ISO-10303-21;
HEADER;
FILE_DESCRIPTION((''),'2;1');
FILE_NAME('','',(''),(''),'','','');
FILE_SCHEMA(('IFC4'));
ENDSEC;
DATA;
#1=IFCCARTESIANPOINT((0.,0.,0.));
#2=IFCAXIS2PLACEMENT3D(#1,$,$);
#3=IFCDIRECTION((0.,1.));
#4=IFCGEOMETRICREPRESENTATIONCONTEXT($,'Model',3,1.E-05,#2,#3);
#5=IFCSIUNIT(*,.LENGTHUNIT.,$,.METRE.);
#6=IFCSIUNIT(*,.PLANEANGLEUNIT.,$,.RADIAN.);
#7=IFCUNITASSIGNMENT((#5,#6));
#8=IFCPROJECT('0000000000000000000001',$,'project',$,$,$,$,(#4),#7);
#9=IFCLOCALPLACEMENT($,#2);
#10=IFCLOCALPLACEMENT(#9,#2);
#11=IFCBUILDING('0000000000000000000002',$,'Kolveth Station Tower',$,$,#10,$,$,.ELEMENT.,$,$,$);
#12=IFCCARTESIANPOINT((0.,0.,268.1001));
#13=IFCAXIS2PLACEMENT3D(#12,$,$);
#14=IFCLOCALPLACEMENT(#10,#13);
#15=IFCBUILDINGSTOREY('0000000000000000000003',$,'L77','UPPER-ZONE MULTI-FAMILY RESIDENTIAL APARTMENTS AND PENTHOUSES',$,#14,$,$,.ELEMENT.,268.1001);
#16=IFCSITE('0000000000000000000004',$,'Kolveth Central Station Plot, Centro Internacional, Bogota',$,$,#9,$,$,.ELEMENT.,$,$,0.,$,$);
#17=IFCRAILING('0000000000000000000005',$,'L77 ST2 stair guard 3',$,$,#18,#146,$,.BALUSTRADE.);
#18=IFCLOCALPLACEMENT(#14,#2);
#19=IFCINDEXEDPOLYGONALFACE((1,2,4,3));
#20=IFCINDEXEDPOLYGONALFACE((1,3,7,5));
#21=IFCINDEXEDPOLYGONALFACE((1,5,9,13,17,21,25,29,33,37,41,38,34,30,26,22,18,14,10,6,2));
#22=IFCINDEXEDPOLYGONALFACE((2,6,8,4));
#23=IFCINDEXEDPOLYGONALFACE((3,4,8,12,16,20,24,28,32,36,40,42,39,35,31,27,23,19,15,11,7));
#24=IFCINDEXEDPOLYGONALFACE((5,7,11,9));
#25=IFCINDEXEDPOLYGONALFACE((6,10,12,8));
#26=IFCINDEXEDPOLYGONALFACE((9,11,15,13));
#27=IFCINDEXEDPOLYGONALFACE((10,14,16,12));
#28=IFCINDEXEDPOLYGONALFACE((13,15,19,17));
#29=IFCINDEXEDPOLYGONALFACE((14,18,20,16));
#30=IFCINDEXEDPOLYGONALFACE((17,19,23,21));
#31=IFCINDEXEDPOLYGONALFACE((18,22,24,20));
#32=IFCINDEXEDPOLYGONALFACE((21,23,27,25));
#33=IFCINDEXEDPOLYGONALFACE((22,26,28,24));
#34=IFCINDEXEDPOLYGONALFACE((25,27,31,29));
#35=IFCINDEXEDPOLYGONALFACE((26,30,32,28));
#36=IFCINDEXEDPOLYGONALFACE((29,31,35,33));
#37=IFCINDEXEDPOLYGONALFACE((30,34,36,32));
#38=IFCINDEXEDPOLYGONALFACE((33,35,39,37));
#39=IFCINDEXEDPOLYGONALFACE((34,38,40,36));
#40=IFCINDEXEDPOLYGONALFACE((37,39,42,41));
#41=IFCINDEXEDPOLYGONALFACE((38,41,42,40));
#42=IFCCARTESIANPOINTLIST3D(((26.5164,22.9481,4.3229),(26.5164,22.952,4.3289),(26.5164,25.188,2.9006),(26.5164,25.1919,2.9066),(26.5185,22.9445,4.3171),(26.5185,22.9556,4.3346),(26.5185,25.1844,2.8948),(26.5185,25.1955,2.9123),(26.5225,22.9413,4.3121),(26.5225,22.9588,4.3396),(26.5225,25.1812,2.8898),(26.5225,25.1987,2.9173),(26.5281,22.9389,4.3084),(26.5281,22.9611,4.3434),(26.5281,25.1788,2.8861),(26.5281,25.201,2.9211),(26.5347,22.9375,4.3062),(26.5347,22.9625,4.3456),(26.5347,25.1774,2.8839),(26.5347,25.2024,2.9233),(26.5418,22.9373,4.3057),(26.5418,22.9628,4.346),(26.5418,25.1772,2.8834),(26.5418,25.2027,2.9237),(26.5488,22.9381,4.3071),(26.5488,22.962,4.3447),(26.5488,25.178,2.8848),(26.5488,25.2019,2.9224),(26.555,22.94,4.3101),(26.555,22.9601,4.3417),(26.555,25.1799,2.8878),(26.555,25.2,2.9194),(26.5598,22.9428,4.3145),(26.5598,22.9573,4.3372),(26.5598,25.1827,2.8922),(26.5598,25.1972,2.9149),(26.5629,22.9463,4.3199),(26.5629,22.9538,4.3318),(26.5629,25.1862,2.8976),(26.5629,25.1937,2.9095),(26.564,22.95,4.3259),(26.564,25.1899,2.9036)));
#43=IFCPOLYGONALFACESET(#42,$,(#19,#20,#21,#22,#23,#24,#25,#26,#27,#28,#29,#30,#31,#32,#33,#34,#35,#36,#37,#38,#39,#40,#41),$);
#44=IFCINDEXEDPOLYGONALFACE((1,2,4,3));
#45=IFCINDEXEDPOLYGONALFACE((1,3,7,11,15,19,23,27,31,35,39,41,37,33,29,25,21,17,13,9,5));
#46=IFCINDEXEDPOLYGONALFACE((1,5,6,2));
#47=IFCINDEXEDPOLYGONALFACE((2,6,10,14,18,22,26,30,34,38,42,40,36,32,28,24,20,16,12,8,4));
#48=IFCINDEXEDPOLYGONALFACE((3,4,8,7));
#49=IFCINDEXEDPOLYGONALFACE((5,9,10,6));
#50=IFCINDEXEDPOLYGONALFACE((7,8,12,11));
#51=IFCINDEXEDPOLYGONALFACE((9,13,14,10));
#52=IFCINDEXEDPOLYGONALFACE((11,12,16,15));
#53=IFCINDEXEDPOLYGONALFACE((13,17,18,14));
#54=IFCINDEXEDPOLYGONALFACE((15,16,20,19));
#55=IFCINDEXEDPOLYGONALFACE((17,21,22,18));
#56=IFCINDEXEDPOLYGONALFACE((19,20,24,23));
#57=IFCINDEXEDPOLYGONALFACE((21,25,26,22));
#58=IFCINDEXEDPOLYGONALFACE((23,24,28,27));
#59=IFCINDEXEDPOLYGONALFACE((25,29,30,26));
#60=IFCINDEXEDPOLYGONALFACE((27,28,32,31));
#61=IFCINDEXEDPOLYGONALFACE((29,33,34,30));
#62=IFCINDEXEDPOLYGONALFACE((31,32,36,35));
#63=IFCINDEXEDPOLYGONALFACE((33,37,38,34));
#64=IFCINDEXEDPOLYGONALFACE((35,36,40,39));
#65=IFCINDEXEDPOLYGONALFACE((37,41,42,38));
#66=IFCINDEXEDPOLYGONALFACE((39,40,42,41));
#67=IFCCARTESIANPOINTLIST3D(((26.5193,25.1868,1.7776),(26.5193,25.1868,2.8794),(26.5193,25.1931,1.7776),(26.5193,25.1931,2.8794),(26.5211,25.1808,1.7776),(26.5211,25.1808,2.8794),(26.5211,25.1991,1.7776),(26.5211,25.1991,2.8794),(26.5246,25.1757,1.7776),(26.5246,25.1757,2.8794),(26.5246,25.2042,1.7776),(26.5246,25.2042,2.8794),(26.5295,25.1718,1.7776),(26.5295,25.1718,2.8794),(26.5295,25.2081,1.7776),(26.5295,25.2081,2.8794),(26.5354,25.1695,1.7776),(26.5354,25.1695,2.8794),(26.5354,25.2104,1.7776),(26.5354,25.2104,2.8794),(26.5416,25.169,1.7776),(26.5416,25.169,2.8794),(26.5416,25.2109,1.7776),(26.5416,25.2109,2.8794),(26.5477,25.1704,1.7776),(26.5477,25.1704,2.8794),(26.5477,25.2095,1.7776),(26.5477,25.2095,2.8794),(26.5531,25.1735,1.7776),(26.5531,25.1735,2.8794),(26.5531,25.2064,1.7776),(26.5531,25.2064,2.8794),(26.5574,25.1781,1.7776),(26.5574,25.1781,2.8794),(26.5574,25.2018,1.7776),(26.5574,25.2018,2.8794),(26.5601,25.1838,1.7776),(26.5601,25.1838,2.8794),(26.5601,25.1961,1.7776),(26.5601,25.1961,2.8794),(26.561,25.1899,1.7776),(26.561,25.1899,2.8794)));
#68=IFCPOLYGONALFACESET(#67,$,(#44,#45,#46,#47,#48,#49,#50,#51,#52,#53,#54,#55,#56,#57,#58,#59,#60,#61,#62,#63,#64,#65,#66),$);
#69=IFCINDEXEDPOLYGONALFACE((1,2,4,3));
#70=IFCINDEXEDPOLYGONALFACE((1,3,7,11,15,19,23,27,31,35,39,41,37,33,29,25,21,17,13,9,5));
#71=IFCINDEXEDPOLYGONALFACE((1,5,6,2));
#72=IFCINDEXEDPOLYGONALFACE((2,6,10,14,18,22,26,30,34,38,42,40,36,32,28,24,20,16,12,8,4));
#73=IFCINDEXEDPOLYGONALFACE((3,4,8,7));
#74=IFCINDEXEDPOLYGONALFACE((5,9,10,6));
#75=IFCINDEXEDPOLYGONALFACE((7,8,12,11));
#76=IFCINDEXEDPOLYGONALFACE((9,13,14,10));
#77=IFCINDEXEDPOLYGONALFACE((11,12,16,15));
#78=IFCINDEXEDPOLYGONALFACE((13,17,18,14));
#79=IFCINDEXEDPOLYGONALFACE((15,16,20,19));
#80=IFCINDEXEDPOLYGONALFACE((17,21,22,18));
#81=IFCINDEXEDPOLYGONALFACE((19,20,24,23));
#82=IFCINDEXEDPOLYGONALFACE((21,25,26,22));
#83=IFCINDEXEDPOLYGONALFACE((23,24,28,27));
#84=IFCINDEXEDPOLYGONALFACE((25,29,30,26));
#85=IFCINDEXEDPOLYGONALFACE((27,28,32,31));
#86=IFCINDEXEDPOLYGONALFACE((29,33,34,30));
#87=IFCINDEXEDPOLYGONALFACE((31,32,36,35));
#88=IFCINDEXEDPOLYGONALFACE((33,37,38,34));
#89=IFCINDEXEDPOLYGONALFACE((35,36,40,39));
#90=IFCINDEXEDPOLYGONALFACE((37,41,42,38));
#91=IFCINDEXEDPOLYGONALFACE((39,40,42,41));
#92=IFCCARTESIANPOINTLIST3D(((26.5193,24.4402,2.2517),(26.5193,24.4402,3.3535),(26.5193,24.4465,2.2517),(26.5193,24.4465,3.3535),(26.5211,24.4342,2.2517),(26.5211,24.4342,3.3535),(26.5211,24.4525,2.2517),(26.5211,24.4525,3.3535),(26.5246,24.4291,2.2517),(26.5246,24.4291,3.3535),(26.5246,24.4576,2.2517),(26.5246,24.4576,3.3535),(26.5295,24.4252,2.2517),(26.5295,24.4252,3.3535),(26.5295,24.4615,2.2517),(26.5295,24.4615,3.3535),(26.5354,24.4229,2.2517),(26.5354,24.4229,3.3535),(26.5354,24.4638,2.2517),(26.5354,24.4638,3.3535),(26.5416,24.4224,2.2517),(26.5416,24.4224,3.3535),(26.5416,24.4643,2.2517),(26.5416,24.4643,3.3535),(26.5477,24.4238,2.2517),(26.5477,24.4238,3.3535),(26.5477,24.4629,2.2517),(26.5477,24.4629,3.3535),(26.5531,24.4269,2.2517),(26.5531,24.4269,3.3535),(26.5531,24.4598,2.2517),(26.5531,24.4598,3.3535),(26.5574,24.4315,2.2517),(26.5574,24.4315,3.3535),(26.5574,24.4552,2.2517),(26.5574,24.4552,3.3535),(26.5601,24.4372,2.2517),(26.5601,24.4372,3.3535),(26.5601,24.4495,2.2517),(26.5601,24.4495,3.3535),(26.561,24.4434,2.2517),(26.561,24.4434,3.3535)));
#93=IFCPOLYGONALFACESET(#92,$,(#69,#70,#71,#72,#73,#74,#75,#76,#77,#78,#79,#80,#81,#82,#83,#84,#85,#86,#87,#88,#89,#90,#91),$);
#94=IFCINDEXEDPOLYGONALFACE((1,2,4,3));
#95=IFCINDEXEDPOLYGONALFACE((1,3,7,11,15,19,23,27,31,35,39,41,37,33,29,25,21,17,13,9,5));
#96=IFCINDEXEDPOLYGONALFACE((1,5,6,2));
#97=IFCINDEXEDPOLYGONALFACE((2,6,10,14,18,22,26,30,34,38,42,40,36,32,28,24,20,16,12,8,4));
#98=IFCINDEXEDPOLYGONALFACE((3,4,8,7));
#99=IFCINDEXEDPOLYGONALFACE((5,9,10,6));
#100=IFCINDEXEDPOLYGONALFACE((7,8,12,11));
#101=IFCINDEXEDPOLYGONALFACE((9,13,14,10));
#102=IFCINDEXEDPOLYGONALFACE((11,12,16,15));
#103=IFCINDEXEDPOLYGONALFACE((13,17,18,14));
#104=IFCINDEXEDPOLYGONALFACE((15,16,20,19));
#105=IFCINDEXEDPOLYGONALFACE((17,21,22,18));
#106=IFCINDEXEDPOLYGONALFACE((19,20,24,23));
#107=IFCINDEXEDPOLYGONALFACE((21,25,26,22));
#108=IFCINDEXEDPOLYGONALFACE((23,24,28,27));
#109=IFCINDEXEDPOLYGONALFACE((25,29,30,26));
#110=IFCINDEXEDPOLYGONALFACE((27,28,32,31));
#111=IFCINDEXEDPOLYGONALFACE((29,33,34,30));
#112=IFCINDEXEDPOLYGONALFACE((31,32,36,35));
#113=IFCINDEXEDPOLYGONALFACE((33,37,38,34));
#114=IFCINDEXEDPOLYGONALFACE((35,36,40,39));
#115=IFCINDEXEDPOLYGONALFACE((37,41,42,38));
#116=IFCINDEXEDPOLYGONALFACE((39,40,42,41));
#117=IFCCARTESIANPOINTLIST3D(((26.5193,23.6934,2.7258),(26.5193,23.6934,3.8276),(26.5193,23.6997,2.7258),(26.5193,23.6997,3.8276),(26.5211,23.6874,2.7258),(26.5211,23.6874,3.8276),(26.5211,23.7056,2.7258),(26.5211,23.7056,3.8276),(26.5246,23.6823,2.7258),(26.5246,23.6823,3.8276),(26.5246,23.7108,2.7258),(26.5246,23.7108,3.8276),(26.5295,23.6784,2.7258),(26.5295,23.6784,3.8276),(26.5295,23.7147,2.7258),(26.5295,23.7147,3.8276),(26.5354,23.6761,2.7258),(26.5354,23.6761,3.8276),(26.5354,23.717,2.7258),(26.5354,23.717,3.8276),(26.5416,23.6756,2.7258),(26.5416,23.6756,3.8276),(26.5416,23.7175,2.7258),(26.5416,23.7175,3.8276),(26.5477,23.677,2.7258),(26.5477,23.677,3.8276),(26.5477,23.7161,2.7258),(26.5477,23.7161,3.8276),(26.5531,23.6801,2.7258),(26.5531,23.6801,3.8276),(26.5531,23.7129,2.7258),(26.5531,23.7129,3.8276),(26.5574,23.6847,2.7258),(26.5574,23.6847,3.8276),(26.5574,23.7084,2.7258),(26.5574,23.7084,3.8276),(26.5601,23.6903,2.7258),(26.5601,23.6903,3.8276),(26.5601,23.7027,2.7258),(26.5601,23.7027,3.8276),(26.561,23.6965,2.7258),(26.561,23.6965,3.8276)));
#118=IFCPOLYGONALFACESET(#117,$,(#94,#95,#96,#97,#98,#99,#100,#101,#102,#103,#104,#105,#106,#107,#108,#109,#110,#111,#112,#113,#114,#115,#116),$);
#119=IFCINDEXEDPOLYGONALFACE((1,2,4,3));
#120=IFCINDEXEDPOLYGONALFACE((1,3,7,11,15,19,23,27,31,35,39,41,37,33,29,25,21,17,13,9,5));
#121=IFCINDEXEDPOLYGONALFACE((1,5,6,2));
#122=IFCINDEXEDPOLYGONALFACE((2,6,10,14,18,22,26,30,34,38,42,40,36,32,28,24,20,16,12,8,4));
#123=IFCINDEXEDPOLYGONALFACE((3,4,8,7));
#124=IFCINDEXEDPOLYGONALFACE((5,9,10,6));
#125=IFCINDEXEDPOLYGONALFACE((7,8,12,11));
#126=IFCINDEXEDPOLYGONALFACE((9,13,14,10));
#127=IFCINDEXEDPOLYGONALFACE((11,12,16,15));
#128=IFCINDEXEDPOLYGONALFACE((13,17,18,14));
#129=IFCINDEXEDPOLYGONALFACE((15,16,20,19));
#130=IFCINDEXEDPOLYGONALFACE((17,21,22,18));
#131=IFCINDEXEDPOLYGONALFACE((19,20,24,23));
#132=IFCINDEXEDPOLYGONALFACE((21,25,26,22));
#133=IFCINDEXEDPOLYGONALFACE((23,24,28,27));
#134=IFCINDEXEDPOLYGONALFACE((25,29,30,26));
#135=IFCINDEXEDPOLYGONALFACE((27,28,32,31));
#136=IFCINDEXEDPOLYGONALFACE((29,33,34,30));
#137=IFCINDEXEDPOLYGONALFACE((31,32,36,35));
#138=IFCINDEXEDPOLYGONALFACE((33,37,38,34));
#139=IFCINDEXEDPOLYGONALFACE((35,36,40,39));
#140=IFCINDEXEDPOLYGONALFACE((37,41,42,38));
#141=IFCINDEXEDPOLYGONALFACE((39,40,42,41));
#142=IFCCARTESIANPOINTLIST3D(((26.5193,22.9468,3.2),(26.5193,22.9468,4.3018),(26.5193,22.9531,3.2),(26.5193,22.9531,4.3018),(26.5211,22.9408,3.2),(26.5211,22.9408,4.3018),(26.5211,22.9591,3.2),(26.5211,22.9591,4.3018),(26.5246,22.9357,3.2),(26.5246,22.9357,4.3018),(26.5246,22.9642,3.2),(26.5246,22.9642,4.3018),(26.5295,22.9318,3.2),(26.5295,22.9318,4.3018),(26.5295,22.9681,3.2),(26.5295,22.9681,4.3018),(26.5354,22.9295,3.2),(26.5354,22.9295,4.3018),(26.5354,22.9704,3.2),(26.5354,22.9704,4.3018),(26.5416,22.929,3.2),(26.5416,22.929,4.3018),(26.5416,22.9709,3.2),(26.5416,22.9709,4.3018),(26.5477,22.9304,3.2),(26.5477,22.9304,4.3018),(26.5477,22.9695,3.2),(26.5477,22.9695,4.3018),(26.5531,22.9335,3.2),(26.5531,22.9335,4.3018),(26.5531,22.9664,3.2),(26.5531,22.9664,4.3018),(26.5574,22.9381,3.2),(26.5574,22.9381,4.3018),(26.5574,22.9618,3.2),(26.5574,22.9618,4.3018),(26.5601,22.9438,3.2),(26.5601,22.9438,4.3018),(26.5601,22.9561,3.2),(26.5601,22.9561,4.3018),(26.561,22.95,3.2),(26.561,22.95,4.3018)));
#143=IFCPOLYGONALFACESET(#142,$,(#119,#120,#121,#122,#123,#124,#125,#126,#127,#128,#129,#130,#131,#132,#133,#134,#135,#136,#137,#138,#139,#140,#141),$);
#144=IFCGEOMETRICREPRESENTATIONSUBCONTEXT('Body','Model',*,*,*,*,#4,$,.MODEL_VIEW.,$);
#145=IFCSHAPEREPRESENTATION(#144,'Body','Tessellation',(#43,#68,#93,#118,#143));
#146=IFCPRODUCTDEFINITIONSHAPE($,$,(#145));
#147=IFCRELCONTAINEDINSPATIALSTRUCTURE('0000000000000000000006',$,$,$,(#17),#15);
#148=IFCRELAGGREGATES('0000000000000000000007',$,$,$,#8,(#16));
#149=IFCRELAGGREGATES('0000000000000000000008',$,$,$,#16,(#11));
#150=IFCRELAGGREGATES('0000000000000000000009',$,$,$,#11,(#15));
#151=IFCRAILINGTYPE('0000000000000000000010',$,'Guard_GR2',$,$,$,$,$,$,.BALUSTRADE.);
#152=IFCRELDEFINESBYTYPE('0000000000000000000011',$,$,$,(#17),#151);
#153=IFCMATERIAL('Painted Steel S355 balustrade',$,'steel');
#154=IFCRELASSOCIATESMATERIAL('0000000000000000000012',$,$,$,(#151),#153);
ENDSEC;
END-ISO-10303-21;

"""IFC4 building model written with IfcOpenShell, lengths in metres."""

from ifc_helpers import new_model, si_unit, direction, frame, origin, origin_2d, place, context, subcontext, project, spatial, circle, extrude, material, type_object, element, save


model = new_model("IFC4")

# Units and contexts
model_context = context("Model", 3, precision=1e-05, world=origin(), true_north=direction((0.0, 1.0)))
body_context = subcontext(model_context, "Body", "Model", "MODEL_VIEW")
ifc_project = project(units=[si_unit("LENGTHUNIT", "METRE"), si_unit("PLANEANGLEUNIT", "RADIAN")], contexts=[model_context])

# Site, building, storey
site_placement = place(None, origin())
site = spatial("IfcSite", under=ifc_project, at=site_placement, Name="Kolveth Central Station Plot, Centro Internacional, Bogota", CompositionType="ELEMENT", RefElevation=0.0)
building_placement = place(site_placement, origin())
building = spatial("IfcBuilding", under=site, at=building_placement, Name="Kolveth Station Tower", CompositionType="ELEMENT")
storey_placement = place(building_placement, frame((0.0, 0.0, 268.1001)))
storey = spatial("IfcBuildingStorey", under=building, at=storey_placement, Name="L77", Description="UPPER-ZONE MULTI-FAMILY RESIDENTIAL APARTMENTS AND PENTHOUSES", CompositionType="ELEMENT", Elevation=268.1001)

# Railing
ifc_material_1 = material(Name="Painted Steel S355 balustrade", Category="steel")
railing_type_1 = type_object("IfcRailingType", Name="Guard_GR2", PredefinedType="BALUSTRADE", material=ifc_material_1)
railing_1_placement = place(storey_placement, frame((26.54, 25.1899, 1.7776)))
element("IfcRailing", 1, at=railing_1_placement, inside=storey, type_object=railing_type_1, Name="L77 ST2 stair guard 3", PredefinedType="BALUSTRADE", context=body_context, shape_type="SweptSolid", body=[
    extrude(circle(Radius=0.0239, at=origin_2d()), frame((0.0, 0.0, 1.126), z_axis=(0.0, -0.844188, 0.536048), x_axis=(1.0, 0.0, 0.0)), (0.0, 0.0, 1.0), 2.6533),
    extrude(circle(Radius=0.021, at=origin_2d()), origin(), (0.0, 0.0, 1.0), 1.1018),
    extrude(circle(Radius=0.021, at=origin_2d()), frame((0.0, -0.7466, 0.4741)), (0.0, 0.0, 1.0), 1.1018),
    extrude(circle(Radius=0.021, at=origin_2d()), frame((0.0, -1.4934, 0.9482)), (0.0, 0.0, 1.0), 1.1018),
    extrude(circle(Radius=0.021, at=origin_2d()), frame((0.0, -2.24, 1.4224)), (0.0, 0.0, 1.0), 1.1018),
])

save(model, "model.ifc")
